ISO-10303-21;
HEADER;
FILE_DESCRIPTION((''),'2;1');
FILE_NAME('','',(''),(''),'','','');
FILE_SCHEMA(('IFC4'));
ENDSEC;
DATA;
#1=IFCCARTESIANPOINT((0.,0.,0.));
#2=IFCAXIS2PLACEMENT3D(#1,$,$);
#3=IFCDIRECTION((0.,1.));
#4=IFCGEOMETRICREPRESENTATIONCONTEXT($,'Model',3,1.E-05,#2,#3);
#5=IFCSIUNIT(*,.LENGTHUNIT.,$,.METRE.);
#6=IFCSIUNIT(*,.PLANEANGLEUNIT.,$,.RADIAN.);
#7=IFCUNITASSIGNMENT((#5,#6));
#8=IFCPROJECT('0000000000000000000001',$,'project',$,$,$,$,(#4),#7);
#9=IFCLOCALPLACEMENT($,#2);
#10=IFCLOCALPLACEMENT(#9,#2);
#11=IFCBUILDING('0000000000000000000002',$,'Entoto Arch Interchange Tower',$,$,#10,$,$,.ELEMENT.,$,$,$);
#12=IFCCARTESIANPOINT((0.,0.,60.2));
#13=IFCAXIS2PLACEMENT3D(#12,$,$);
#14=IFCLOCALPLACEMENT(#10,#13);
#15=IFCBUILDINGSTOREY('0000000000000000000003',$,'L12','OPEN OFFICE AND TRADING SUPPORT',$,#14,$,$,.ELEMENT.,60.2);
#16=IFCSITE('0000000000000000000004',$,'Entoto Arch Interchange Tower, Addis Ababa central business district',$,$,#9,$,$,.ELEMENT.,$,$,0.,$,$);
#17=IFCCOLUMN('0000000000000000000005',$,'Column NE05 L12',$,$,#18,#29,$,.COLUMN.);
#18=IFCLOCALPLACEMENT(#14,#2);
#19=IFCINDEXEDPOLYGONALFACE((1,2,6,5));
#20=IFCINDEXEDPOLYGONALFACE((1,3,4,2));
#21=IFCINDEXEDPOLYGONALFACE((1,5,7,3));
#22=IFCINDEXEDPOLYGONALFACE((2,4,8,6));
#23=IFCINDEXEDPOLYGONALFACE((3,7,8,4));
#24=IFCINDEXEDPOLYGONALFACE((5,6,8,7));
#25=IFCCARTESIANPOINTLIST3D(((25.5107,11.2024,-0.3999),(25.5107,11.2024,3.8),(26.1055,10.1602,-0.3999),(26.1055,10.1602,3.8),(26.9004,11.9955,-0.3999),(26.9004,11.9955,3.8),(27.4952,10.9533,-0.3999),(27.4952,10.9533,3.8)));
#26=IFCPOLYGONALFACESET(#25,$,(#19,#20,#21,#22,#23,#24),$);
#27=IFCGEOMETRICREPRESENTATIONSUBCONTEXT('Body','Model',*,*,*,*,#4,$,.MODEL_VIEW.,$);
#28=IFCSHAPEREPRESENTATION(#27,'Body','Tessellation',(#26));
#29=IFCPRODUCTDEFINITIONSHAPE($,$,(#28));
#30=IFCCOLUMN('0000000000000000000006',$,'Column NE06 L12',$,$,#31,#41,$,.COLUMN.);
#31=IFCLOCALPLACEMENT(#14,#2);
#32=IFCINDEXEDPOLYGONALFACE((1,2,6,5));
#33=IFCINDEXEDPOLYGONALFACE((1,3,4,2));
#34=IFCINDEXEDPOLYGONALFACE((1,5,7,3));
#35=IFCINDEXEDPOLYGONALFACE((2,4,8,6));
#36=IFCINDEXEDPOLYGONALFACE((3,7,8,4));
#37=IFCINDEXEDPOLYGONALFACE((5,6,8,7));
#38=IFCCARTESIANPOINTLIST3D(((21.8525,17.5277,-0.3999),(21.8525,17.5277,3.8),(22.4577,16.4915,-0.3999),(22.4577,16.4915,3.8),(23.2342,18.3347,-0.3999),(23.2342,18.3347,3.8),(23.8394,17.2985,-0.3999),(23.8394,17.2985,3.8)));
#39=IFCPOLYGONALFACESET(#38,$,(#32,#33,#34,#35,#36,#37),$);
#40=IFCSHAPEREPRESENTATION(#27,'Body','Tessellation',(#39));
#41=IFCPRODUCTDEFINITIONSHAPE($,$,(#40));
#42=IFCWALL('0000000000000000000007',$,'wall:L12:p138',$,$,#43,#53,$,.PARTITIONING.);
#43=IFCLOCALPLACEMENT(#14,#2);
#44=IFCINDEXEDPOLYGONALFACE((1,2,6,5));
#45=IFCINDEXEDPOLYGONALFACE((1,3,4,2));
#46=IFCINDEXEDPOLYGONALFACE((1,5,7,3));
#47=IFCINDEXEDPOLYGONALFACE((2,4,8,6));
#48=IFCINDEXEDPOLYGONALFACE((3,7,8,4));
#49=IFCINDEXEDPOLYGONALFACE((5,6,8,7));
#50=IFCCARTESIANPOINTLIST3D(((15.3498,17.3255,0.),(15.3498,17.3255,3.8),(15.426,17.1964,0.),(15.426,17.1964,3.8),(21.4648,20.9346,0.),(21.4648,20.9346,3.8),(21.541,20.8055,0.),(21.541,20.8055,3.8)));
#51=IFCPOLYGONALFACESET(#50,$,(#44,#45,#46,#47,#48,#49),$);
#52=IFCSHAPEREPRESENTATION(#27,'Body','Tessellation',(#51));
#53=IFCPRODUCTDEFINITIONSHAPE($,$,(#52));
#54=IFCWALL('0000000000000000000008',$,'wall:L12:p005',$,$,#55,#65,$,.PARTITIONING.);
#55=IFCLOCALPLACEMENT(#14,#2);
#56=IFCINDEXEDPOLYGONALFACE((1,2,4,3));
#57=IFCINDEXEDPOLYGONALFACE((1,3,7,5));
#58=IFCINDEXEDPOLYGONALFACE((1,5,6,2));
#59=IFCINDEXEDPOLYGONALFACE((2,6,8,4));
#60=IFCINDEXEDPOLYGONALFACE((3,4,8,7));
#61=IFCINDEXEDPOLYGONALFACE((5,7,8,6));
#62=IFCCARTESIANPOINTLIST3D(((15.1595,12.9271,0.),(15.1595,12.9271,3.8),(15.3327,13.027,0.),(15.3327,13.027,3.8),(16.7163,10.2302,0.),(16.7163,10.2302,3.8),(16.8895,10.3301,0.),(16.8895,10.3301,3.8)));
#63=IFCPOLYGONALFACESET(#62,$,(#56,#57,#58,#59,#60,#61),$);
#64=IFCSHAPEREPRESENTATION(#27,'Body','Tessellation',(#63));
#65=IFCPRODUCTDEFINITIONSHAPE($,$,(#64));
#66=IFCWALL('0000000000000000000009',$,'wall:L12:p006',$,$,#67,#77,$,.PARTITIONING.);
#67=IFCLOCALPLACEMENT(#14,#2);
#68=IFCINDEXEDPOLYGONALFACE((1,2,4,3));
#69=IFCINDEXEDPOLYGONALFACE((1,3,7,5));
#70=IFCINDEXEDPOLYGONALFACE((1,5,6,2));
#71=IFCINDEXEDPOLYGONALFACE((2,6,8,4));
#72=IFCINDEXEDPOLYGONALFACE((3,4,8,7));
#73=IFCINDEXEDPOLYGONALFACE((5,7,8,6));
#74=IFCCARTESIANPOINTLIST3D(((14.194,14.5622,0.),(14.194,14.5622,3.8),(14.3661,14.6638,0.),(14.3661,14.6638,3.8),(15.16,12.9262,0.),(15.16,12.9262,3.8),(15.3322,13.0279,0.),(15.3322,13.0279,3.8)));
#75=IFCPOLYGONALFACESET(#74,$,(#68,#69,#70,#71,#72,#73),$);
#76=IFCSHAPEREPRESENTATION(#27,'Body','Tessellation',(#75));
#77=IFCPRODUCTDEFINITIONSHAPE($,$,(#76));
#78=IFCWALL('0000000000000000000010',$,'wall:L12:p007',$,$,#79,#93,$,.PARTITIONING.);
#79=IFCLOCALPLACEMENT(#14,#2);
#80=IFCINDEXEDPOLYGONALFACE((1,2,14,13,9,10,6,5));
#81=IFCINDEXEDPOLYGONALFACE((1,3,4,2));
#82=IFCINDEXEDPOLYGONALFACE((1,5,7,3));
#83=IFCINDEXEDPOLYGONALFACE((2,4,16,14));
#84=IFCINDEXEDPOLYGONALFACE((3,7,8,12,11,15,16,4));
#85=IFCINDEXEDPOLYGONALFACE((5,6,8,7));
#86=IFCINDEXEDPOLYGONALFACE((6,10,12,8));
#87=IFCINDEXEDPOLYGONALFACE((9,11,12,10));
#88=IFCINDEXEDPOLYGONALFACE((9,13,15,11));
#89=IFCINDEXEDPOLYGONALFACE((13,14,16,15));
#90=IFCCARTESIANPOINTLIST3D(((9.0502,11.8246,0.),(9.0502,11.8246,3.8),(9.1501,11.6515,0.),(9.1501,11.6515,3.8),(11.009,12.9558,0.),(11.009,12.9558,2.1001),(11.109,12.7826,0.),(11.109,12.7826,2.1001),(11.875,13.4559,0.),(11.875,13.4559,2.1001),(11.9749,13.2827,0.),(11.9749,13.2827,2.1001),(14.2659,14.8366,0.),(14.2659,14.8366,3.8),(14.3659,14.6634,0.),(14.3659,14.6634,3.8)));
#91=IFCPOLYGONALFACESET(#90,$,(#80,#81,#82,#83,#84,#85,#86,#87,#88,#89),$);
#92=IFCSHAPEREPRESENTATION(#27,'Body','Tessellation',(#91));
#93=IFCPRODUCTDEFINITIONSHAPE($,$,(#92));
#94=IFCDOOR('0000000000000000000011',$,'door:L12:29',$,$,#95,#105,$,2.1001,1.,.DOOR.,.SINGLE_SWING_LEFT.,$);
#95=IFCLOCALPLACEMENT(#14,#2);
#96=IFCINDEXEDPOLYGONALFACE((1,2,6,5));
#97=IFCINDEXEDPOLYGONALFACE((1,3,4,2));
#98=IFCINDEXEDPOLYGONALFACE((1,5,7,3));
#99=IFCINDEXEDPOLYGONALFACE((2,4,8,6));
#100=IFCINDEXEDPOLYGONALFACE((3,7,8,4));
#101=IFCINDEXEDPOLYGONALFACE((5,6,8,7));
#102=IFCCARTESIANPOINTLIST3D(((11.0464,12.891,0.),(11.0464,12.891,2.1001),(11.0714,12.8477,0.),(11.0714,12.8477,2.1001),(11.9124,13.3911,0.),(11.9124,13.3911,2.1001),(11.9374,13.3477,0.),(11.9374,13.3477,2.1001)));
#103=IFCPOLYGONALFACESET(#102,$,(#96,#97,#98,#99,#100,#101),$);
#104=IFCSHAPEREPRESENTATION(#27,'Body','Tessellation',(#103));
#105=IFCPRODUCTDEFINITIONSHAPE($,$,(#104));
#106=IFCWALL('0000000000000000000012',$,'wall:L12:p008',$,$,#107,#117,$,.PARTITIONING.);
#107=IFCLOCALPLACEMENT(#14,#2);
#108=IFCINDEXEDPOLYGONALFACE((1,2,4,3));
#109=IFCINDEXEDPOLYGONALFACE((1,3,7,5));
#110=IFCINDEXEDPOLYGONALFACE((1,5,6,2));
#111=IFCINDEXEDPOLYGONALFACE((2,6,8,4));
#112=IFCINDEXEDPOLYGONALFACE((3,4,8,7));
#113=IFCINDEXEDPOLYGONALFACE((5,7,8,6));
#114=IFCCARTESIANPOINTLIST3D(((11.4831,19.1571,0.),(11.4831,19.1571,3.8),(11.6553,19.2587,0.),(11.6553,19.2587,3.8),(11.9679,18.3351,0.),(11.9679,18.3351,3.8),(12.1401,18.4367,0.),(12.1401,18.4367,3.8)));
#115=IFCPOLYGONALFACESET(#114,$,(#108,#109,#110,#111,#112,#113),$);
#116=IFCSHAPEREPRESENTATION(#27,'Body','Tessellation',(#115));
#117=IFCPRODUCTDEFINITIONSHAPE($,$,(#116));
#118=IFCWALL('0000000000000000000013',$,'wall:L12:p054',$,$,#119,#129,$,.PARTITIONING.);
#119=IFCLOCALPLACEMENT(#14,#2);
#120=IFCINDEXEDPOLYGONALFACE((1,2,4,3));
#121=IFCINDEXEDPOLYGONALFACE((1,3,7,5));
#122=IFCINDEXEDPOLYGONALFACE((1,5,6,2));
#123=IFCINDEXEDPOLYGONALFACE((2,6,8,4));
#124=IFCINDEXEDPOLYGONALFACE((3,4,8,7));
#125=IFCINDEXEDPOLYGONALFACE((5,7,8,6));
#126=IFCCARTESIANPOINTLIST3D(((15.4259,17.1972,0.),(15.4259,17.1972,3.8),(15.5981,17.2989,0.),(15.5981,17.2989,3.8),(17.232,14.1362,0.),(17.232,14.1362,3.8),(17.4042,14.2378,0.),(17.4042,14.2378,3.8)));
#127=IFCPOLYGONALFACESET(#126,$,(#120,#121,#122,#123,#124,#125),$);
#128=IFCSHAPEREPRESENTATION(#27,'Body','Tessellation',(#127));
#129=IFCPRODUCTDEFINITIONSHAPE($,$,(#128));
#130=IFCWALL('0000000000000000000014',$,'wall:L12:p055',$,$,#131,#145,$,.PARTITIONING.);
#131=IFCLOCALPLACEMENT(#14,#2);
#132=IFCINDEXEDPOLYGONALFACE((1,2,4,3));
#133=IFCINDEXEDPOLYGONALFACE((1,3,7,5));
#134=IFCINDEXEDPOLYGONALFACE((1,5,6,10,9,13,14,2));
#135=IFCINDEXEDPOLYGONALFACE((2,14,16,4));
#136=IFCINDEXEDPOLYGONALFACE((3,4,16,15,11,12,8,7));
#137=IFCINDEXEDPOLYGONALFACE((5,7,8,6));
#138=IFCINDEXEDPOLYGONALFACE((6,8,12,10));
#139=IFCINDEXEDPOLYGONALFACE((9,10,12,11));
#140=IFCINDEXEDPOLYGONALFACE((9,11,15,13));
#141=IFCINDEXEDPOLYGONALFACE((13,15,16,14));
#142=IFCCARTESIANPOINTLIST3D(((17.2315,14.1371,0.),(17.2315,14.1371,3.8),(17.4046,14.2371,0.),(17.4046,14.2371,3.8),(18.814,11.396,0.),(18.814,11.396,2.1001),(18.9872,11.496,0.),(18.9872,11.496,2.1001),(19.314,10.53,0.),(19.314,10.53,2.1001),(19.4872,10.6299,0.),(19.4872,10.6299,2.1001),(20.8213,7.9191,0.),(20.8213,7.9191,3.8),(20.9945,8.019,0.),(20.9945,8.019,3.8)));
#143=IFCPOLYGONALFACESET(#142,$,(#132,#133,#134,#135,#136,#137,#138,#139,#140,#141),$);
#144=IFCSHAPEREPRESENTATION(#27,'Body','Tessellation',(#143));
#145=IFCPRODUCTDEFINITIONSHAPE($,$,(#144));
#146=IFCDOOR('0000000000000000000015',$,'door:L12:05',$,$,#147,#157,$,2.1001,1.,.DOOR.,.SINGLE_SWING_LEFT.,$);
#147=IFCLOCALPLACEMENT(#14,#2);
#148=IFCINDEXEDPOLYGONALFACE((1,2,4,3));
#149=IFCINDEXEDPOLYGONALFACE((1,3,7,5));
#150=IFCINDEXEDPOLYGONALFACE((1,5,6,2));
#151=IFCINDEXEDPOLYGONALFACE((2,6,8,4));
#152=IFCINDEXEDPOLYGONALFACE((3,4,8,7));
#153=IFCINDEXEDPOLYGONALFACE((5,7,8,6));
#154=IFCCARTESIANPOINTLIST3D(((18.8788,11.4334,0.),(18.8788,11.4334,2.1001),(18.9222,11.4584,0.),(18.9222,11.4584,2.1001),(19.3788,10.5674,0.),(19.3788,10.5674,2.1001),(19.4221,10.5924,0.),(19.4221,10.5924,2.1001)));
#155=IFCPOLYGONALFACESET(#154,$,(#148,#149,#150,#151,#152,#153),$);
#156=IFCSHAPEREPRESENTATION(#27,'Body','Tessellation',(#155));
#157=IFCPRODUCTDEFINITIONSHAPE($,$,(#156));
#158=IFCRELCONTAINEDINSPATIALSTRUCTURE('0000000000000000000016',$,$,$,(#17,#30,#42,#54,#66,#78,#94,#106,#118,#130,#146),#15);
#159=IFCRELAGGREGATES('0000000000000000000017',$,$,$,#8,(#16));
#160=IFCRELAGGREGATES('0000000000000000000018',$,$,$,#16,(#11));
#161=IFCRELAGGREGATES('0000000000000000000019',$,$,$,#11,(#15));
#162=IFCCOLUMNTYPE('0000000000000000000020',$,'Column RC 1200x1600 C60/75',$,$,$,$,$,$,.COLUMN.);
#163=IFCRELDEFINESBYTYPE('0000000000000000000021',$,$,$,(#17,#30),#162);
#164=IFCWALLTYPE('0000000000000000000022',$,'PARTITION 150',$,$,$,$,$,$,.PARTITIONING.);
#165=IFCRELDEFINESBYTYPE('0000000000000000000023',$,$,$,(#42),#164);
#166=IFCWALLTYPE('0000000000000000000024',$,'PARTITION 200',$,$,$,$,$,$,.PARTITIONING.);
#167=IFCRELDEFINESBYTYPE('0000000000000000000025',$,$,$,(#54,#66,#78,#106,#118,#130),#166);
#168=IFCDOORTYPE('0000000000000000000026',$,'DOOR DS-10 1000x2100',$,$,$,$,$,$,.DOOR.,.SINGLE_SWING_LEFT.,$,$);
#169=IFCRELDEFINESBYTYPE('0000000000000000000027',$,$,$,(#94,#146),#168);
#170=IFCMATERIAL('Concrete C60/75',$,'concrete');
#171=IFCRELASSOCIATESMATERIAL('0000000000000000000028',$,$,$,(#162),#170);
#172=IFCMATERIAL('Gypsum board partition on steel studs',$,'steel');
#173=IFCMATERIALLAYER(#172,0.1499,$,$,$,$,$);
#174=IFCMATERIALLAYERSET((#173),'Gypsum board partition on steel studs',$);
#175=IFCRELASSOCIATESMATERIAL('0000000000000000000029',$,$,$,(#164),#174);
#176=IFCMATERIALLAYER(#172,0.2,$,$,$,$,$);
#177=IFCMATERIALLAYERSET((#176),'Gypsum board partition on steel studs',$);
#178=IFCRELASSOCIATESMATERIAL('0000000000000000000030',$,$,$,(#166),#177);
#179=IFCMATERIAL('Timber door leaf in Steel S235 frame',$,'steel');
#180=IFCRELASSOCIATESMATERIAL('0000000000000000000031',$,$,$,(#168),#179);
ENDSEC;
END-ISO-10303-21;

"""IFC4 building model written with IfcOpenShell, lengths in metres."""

from ifc_helpers import new_model, si_unit, direction, frame, frame_2d, origin, origin_2d, place, context, subcontext, project, spatial, rectangle, extrude, material, layer, layer_set, material_profile, profile_set, type_object, element, fill, save


model = new_model("IFC4")

# Units and contexts
model_context = context("Model", 3, precision=1e-05, world=origin(), true_north=direction((0.0, 1.0)))
body_context = subcontext(model_context, "Body", "Model", "MODEL_VIEW")
ifc_project = project(units=[si_unit("LENGTHUNIT", "METRE"), si_unit("PLANEANGLEUNIT", "RADIAN")], contexts=[model_context])

# Site, building, storey
site_placement = place(None, origin())
site = spatial("IfcSite", under=ifc_project, at=site_placement, Name="Entoto Arch Interchange Tower, Addis Ababa central business district", CompositionType="ELEMENT", RefElevation=0.0)
building_placement = place(site_placement, origin())
building = spatial("IfcBuilding", under=site, at=building_placement, Name="Entoto Arch Interchange Tower", CompositionType="ELEMENT")
storey_placement = place(building_placement, frame((0.0, 0.0, 60.2)))
storey = spatial("IfcBuildingStorey", under=building, at=storey_placement, Name="L12", Description="OPEN OFFICE AND TRADING SUPPORT", CompositionType="ELEMENT", Elevation=60.2)

# Columns
ifc_material_1 = material(Name="Concrete C60/75", Category="concrete")
ifc_material_profile = material_profile(ifc_material_1, rectangle(XDim=1.2, YDim=1.6001, at=origin_2d()))
ifc_profile_set = profile_set([ifc_material_profile], Name="Concrete C60/75")
column_type = type_object("IfcColumnType", Name="Column RC 1200x1600 C60/75", PredefinedType="COLUMN", material=ifc_profile_set)
for number, where, z_axis, x_axis, name in (
    (1, (26.5029, 11.0779, -0.3999), (0.0, 0.0, 1.0), (-0.495656, 0.868519, 0.0), "Column NE05 L12"),
    (2, (22.8459, 17.4131, -0.3999), (0.0, 0.0, 1.0), (-0.504332, 0.86351, 0.0), "Column NE06 L12"),
):
    element("IfcColumn", number, at=place(storey_placement, frame(where, z_axis=z_axis, x_axis=x_axis)), inside=storey, type_object=column_type, Name=name, PredefinedType="COLUMN", context=body_context, shape_type="SweptSolid", body=[
        extrude(rectangle(XDim=1.2, YDim=1.6001, at=origin_2d()), origin(), (0.0, 0.0, 1.0), 4.2),
    ])

# Walls
ifc_material_2 = material(Name="Gypsum board partition on steel studs", Category="steel")
ifc_layer_1 = layer(ifc_material_2, 0.1499)
ifc_layer_set_1 = layer_set([ifc_layer_1], Name="Gypsum board partition on steel studs")
wall_type_1 = type_object("IfcWallType", Name="PARTITION 150", PredefinedType="PARTITIONING", material=ifc_layer_set_1)
wall_1_placement = place(storey_placement, frame((15.3879, 17.261, 0.0), z_axis=(0.0, 0.0, 1.0), x_axis=(0.86119, 0.508283, 0.0)))
element("IfcWall", 3, at=wall_1_placement, inside=storey, type_object=wall_type_1, Name="wall:L12:p138", PredefinedType="PARTITIONING", context=body_context, shape_type="SweptSolid", body=[
    extrude(rectangle(XDim=7.1006, YDim=0.1499, at=frame_2d((3.5503, 0.0))), origin(), (0.0, 0.0, 1.0), 3.8),
])
ifc_layer_2 = layer(ifc_material_2, 0.2)
ifc_layer_set_2 = layer_set([ifc_layer_2], Name="Gypsum board partition on steel studs")
wall_type_2 = type_object("IfcWallType", Name="PARTITION 200", PredefinedType="PARTITIONING", material=ifc_layer_set_2)
wall_2_placement = place(storey_placement, frame((16.803, 10.28, 0.0), z_axis=(0.0, 0.0, 1.0), x_axis=(-0.499942, 0.866059, 0.0)))
element("IfcWall", 4, at=wall_2_placement, inside=storey, type_object=wall_type_2, Name="wall:L12:p005", PredefinedType="PARTITIONING", context=body_context, shape_type="SweptSolid", body=[
    extrude(rectangle(XDim=3.114, YDim=0.2, at=frame_2d((1.5571, 0.0))), origin(), (0.0, 0.0, 1.0), 3.8),
])
wall_3_placement = place(storey_placement, frame((15.2461, 12.9771, 0.0), z_axis=(0.0, 0.0, 1.0), x_axis=(-0.508474, 0.861077, 0.0)))
element("IfcWall", 5, at=wall_3_placement, inside=storey, type_object=wall_type_2, Name="wall:L12:p006", PredefinedType="PARTITIONING", context=body_context, shape_type="SweptSolid", body=[
    extrude(rectangle(XDim=1.8999, YDim=0.2, at=frame_2d((0.95, 0.0))), origin(), (0.0, 0.0, 1.0), 3.8),
])

# Wall, opening, door
wall_4_placement = place(storey_placement, frame((14.3159, 14.75, 0.0), z_axis=(0.0, 0.0, 1.0), x_axis=(-0.865982, -0.500076, 0.0)))
wall_4 = element("IfcWall", 6, at=wall_4_placement, inside=storey, type_object=wall_type_2, Name="wall:L12:p007", PredefinedType="PARTITIONING", context=body_context, shape_type="SweptSolid", body=[
    extrude(rectangle(XDim=6.0229, YDim=0.2, at=frame_2d((3.0115, 0.0))), origin(), (0.0, 0.0, 1.0), 3.8),
])
opening_1_placement = place(wall_4_placement, frame((2.761, 0.0, 0.0)))
opening_1 = element("IfcOpeningElement", 7, at=opening_1_placement, cuts=wall_4, PredefinedType="OPENING", context=body_context, shape_type="SweptSolid", body=[
    extrude(rectangle(XDim=1.0, YDim=2.1001, at=frame_2d((0.5, 1.05))), frame((0.0, 0.1099, 0.0), z_axis=(0.0, -1.0, 0.0), x_axis=(1.0, 0.0, 0.0)), (0.0, 0.0, 1.0), 0.22),
])
ifc_material_3 = material(Name="Timber door leaf in Steel S235 frame", Category="steel")
door_type = type_object("IfcDoorType", Name="DOOR DS-10 1000x2100", OperationType="SINGLE_SWING_LEFT", PredefinedType="DOOR", material=ifc_material_3)
door_1_placement = place(opening_1_placement, origin())
door_1 = element("IfcDoor", 8, at=door_1_placement, inside=storey, type_object=door_type, Name="door:L12:29", OperationType="SINGLE_SWING_LEFT", OverallHeight=2.1001, OverallWidth=1.0, PredefinedType="DOOR", context=body_context, shape_type="SweptSolid", body=[
    extrude(rectangle(XDim=1.0, YDim=2.1001, at=frame_2d((0.5, 1.05))), frame((0.0, 0.0249, 0.0), z_axis=(0.0, -1.0, 0.0), x_axis=(1.0, 0.0, 0.0)), (0.0, 0.0, 1.0), 0.05),
])
fill(opening_1, door_1)

# Walls
wall_5_placement = place(storey_placement, frame((12.054, 18.386, 0.0), z_axis=(0.0, 0.0, 1.0), x_axis=(-0.508048, 0.861329, 0.0)))
element("IfcWall", 9, at=wall_5_placement, inside=storey, type_object=wall_type_2, Name="wall:L12:p008", PredefinedType="PARTITIONING", context=body_context, shape_type="SweptSolid", body=[
    extrude(rectangle(XDim=0.9543, YDim=0.2, at=frame_2d((0.4771, 0.0))), origin(), (0.0, 0.0, 1.0), 3.8),
])
wall_6_placement = place(storey_placement, frame((15.512, 17.248, 0.0), z_axis=(0.0, 0.0, 1.0), x_axis=(0.508178, -0.861252, 0.0)))
element("IfcWall", 10, at=wall_6_placement, inside=storey, type_object=wall_type_2, Name="wall:L12:p054", PredefinedType="PARTITIONING", context=body_context, shape_type="SweptSolid", body=[
    extrude(rectangle(XDim=3.5542, YDim=0.2, at=frame_2d((1.7771, 0.0))), origin(), (0.0, 0.0, 1.0), 3.8),
])

# Wall, opening, door
wall_7_placement = place(storey_placement, frame((17.3181, 14.187, 0.0), z_axis=(0.0, 0.0, 1.0), x_axis=(0.499986, -0.866033, 0.0)))
wall_7 = element("IfcWall", 11, at=wall_7_placement, inside=storey, type_object=wall_type_2, Name="wall:L12:p055", PredefinedType="PARTITIONING", context=body_context, shape_type="SweptSolid", body=[
    extrude(rectangle(XDim=7.1799, YDim=0.2, at=frame_2d((3.5898, 0.0))), origin(), (0.0, 0.0, 1.0), 3.8),
])
opening_2_placement = place(wall_7_placement, frame((3.165, 0.0, 0.0)))
opening_2 = element("IfcOpeningElement", 12, at=opening_2_placement, cuts=wall_7, PredefinedType="OPENING", context=body_context, shape_type="SweptSolid", body=[
    extrude(rectangle(XDim=1.0, YDim=2.1001, at=frame_2d((0.5, 1.05))), frame((0.0, 0.1099, 0.0), z_axis=(0.0, -1.0, 0.0), x_axis=(1.0, 0.0, 0.0)), (0.0, 0.0, 1.0), 0.22),
])
door_2_placement = place(opening_2_placement, origin())
door_2 = element("IfcDoor", 13, at=door_2_placement, inside=storey, type_object=door_type, Name="door:L12:05", OperationType="SINGLE_SWING_LEFT", OverallHeight=2.1001, OverallWidth=1.0, PredefinedType="DOOR", context=body_context, shape_type="SweptSolid", body=[
    extrude(rectangle(XDim=1.0, YDim=2.1001, at=frame_2d((0.5, 1.05))), frame((0.0, 0.0249, 0.0), z_axis=(0.0, -1.0, 0.0), x_axis=(1.0, 0.0, 0.0)), (0.0, 0.0, 1.0), 0.05),
])
fill(opening_2, door_2)

save(model, "model.ifc")
